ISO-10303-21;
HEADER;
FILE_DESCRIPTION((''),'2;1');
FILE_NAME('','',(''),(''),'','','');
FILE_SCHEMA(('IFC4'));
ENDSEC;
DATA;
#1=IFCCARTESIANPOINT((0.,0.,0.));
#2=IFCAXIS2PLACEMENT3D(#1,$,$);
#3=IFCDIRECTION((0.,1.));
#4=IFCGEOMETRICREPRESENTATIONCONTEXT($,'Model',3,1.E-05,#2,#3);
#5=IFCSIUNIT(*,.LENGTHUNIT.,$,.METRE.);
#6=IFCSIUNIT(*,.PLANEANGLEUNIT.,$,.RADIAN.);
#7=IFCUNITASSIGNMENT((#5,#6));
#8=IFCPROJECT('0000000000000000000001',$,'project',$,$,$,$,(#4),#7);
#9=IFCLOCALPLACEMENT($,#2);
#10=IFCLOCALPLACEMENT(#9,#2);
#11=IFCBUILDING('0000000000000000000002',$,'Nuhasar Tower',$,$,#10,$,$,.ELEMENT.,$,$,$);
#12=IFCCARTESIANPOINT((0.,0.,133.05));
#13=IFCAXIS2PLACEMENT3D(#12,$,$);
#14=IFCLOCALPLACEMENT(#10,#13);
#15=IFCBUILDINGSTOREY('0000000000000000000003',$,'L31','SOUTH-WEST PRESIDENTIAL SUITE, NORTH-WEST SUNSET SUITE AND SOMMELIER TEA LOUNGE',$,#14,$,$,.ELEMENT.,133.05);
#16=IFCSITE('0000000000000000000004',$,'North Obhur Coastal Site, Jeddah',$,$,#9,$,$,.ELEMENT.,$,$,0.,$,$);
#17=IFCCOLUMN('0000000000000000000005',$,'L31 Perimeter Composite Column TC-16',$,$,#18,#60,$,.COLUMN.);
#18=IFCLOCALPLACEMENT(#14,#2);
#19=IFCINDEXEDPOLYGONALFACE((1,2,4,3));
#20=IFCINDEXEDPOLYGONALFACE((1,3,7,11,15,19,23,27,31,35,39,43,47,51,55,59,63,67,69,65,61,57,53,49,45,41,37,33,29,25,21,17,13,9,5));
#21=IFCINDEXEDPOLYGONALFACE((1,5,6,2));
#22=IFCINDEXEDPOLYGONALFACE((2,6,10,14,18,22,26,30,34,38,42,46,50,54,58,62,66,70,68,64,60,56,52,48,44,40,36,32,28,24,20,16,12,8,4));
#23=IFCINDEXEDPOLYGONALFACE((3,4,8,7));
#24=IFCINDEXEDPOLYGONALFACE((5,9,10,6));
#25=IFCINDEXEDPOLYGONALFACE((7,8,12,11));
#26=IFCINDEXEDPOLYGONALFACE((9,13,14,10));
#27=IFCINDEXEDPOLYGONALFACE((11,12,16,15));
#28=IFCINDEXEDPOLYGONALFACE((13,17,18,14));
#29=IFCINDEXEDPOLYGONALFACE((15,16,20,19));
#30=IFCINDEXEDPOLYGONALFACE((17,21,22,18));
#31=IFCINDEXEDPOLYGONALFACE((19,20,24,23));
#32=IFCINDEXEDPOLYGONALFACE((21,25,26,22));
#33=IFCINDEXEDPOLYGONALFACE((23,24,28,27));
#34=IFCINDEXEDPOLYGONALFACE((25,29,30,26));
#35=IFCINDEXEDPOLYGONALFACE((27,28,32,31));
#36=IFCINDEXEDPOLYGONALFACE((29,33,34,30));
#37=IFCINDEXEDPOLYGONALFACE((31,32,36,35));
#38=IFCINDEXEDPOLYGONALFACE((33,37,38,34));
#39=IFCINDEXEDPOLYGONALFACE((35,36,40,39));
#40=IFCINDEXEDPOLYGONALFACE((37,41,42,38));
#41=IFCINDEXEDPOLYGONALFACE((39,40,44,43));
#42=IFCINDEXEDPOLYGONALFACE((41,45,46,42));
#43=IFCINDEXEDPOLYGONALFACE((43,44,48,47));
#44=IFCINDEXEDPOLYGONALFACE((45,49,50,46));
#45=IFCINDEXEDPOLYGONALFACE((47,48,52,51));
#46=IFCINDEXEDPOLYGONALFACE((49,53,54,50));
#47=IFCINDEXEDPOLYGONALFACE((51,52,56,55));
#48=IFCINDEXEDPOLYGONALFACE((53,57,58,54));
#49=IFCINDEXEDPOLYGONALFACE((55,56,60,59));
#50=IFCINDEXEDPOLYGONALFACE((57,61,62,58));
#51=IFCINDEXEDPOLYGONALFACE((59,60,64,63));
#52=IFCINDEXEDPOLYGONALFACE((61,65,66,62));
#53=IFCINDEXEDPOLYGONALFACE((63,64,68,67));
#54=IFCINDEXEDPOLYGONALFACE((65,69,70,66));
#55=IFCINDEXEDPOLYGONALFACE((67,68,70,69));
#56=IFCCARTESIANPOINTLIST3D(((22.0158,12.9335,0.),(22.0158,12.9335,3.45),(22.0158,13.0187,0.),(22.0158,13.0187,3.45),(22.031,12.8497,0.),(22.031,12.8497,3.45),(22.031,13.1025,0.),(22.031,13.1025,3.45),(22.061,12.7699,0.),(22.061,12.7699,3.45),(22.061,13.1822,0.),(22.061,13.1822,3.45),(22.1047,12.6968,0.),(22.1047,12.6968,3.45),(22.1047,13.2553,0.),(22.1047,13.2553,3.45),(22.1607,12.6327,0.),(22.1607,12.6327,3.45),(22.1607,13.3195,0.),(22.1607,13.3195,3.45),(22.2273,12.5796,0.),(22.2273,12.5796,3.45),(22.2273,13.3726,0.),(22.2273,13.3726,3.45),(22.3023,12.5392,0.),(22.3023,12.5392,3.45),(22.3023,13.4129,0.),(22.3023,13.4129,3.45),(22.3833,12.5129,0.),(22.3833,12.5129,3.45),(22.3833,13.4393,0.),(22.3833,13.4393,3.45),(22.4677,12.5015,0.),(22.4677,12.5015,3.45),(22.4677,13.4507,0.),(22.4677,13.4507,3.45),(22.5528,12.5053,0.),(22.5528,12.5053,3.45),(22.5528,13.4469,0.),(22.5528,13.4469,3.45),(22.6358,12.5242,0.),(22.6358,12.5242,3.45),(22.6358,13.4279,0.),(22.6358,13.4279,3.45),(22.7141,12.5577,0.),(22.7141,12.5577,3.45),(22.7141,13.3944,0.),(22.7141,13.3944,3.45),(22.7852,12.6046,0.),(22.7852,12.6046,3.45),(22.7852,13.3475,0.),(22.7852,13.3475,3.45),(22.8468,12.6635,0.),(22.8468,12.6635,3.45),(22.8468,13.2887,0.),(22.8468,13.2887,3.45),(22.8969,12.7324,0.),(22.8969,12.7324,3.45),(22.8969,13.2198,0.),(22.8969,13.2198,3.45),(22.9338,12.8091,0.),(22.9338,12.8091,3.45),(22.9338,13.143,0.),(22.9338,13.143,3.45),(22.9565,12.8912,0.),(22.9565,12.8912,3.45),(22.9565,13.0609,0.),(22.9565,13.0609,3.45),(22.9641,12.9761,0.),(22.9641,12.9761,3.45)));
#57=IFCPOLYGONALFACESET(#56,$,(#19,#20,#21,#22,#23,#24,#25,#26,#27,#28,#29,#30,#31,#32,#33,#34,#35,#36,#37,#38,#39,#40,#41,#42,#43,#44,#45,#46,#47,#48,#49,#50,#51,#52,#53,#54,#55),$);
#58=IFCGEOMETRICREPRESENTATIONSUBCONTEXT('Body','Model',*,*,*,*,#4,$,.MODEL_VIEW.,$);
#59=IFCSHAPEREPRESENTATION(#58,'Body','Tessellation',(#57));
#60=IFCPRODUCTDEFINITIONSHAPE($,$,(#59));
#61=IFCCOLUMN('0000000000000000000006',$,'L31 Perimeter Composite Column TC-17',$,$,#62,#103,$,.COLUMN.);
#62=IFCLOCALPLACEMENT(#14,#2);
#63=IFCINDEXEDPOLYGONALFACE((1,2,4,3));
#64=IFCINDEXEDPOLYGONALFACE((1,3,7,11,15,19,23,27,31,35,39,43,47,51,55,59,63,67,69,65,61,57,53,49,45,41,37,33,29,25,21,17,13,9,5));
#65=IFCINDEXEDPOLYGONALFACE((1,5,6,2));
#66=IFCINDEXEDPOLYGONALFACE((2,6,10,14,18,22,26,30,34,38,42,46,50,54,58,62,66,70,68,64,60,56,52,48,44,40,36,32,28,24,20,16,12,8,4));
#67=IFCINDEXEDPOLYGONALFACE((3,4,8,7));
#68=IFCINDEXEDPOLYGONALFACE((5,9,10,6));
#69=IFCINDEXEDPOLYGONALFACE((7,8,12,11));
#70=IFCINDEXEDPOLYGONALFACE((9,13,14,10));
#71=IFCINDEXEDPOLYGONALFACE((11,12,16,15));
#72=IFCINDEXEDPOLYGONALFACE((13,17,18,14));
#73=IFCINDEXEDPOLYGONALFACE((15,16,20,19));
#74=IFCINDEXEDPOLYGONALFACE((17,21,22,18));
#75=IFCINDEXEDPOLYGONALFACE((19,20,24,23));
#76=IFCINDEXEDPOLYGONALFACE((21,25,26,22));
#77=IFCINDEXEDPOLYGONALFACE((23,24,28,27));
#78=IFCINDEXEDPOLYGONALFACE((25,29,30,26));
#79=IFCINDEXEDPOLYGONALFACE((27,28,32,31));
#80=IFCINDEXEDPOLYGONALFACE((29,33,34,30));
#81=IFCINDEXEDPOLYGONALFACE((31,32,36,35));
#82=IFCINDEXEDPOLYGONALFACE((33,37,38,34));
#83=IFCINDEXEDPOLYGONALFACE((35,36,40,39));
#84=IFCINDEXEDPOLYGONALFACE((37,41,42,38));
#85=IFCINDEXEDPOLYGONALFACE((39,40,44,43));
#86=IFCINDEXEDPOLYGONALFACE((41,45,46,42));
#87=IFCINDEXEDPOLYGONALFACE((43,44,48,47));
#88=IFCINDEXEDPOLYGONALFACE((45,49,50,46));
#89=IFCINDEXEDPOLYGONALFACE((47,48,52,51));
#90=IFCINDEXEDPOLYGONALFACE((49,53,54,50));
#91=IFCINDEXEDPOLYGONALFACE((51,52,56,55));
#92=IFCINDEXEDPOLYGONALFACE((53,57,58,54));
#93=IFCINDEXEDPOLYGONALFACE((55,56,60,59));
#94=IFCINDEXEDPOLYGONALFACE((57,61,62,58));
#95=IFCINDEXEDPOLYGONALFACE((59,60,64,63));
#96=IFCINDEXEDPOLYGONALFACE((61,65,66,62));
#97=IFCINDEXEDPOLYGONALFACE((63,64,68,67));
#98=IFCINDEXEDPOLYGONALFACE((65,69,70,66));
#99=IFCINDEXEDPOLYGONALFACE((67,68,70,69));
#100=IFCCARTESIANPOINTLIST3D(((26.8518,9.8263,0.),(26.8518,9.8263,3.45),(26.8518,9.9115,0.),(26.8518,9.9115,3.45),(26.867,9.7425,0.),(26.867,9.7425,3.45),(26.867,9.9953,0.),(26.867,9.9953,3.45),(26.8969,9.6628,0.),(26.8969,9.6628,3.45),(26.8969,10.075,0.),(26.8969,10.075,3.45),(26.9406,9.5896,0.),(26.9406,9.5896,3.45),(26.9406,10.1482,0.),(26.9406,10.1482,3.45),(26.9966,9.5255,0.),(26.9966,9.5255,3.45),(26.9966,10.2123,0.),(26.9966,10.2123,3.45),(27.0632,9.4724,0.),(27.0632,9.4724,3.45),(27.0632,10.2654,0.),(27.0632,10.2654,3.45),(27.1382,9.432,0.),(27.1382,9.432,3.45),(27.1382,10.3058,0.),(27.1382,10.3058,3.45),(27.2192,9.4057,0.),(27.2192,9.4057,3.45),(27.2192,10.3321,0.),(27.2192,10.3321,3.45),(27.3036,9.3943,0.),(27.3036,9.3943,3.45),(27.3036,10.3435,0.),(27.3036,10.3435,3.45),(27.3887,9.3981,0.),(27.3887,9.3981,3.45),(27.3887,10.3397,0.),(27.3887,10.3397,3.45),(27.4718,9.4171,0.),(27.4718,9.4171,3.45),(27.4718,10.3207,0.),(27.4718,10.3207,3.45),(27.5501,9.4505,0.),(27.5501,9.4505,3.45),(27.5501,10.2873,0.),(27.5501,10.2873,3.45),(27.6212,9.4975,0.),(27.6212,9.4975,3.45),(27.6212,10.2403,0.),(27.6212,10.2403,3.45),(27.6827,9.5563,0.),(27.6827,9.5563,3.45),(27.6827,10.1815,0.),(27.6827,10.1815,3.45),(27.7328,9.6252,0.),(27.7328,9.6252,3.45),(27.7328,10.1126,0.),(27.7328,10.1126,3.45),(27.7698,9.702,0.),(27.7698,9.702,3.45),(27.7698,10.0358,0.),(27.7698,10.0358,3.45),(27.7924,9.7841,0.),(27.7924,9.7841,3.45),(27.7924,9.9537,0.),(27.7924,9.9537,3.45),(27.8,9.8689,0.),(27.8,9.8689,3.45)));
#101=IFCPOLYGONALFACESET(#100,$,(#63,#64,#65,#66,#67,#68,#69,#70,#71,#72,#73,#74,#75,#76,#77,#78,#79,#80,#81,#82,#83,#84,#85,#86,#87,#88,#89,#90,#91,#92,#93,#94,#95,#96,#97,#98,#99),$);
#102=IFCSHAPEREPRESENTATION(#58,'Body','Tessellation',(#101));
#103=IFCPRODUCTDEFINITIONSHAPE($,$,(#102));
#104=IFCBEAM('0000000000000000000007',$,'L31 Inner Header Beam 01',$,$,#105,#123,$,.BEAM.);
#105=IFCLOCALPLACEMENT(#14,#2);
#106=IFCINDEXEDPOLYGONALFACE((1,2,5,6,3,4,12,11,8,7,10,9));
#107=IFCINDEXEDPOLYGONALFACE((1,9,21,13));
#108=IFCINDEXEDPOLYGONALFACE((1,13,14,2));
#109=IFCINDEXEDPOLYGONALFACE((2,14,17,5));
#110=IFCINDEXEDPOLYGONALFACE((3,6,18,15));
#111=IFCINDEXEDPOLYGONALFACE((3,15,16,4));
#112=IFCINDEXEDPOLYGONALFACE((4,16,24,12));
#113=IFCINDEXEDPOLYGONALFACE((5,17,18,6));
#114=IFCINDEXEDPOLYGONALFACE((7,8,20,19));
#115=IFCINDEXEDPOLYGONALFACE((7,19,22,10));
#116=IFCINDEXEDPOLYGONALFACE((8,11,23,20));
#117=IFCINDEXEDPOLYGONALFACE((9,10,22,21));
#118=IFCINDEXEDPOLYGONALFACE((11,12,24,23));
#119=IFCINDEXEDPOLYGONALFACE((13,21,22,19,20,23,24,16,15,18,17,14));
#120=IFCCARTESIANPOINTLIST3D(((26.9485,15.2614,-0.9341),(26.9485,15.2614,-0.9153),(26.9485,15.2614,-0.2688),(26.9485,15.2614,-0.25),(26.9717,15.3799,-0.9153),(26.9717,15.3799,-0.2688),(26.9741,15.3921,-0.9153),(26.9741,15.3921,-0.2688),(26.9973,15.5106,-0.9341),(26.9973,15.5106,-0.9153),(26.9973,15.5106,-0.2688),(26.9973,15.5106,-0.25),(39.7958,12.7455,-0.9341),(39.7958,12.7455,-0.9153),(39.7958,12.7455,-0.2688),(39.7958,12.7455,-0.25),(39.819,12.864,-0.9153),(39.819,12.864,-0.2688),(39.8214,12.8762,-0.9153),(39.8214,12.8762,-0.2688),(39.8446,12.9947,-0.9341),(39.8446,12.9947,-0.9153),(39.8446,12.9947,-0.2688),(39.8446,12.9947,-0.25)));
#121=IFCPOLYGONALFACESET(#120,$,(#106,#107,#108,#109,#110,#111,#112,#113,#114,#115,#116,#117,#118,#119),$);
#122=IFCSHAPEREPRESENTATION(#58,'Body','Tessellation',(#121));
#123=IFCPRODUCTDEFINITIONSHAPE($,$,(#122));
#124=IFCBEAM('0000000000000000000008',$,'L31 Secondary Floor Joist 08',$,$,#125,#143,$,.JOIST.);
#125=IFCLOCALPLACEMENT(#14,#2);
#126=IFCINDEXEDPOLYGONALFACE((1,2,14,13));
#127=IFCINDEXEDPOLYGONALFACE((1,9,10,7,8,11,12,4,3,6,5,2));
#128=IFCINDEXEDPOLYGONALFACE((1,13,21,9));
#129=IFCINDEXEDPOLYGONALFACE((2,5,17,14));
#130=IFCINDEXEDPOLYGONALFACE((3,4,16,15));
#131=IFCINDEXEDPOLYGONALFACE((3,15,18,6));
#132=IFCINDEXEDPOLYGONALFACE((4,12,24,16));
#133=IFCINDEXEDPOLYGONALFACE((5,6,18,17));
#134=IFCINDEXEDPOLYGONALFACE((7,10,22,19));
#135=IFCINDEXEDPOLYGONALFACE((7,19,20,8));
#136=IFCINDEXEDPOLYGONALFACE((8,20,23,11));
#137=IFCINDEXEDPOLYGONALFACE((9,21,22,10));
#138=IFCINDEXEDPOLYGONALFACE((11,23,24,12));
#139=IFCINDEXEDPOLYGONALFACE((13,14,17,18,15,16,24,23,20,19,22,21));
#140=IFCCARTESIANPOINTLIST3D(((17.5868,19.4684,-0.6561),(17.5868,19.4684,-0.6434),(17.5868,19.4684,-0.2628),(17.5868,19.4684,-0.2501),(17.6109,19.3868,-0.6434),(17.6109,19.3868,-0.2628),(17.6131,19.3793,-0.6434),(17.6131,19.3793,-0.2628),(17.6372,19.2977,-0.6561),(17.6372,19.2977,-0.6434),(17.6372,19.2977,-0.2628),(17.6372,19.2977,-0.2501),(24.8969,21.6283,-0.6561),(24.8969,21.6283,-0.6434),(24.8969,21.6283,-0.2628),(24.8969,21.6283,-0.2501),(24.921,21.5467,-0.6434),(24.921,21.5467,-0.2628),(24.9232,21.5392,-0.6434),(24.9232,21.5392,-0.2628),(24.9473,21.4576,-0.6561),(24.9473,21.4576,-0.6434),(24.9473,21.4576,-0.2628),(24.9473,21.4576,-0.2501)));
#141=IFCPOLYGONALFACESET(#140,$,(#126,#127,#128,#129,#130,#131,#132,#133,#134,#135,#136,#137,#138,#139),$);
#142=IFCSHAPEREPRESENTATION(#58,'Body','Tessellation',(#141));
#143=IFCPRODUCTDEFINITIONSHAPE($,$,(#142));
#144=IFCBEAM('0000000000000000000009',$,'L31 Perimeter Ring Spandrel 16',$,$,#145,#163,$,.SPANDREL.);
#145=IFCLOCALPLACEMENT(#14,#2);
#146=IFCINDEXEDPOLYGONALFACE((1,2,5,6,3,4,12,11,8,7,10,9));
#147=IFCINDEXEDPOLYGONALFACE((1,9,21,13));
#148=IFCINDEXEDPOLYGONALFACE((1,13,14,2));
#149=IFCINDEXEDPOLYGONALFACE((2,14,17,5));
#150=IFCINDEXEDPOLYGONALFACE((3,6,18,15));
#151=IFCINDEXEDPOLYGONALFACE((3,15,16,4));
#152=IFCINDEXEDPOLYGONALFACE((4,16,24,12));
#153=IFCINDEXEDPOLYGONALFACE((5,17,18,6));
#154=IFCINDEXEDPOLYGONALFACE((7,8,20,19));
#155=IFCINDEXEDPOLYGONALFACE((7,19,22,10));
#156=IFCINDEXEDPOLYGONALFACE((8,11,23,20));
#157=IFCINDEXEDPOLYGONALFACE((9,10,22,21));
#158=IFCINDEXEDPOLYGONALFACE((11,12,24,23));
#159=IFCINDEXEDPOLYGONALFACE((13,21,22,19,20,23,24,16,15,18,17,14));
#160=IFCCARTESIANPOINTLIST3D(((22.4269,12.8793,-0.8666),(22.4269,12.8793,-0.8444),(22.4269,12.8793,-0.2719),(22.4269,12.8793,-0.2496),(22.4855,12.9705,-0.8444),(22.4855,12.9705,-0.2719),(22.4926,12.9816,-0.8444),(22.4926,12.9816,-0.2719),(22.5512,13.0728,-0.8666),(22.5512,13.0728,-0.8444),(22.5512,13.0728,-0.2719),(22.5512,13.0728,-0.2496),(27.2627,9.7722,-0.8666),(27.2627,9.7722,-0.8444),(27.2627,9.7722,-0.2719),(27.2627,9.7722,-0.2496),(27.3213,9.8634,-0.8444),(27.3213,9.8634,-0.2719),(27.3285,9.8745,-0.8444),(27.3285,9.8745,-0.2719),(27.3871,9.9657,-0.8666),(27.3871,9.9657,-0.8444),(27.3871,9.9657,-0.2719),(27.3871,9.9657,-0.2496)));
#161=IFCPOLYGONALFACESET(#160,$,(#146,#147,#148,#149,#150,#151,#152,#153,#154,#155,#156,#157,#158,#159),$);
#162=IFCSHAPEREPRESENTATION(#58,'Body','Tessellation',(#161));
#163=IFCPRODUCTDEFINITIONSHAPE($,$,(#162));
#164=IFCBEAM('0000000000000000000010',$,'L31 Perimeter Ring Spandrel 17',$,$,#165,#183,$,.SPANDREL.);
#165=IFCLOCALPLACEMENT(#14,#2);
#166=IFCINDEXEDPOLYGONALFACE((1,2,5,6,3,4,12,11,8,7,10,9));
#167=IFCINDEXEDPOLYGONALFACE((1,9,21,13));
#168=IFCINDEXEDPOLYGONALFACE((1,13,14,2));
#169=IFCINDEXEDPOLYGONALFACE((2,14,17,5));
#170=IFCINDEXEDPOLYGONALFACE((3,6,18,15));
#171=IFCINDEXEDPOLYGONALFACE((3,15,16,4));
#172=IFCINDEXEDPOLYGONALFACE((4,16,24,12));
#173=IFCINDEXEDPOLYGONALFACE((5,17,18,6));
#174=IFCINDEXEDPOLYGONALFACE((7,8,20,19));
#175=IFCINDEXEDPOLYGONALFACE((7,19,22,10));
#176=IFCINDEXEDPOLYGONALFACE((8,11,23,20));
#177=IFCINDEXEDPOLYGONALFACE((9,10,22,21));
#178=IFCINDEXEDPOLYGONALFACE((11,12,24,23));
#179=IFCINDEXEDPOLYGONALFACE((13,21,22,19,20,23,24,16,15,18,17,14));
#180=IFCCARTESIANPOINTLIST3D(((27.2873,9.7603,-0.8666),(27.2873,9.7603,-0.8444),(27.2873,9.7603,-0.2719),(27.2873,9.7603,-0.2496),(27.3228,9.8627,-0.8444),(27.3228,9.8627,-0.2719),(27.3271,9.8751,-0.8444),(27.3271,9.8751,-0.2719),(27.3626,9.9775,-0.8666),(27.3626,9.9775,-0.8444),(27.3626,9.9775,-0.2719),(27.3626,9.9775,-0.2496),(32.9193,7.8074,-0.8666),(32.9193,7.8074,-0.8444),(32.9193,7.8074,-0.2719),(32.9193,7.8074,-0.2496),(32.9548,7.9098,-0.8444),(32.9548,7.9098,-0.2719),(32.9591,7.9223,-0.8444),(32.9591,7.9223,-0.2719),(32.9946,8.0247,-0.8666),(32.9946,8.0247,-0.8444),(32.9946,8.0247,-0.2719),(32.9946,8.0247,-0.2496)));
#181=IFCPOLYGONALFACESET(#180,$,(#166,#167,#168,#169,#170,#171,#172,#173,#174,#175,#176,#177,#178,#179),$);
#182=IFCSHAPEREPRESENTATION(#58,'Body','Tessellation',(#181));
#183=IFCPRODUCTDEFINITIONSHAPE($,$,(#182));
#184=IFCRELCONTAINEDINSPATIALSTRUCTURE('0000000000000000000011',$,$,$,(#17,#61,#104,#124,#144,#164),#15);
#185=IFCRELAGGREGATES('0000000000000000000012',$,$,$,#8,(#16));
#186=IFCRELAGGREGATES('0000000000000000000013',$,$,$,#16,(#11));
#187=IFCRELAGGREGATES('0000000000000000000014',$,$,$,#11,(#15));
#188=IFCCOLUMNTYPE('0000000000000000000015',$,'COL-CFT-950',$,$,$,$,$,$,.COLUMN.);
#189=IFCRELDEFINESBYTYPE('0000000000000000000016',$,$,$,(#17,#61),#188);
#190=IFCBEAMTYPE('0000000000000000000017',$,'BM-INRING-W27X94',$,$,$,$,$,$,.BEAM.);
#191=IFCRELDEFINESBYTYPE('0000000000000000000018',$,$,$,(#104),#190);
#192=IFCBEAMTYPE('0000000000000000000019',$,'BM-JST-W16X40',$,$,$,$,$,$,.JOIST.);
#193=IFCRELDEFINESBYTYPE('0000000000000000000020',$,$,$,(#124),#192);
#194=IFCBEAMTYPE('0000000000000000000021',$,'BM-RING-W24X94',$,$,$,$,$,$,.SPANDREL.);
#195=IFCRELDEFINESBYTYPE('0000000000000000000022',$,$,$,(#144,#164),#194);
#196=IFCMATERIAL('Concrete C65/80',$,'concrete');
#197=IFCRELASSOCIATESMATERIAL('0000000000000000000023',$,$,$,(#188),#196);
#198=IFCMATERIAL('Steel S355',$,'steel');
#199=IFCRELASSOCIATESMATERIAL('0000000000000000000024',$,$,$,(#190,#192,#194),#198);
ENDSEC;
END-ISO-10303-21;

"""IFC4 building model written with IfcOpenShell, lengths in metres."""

from ifc_helpers import new_model, si_unit, direction, frame, origin, origin_2d, place, context, subcontext, project, spatial, circle, i_section, extrude, material, material_profile, profile_set, type_object, element, save


model = new_model("IFC4")

# Units and contexts
model_context = context("Model", 3, precision=1e-05, world=origin(), true_north=direction((0.0, 1.0)))
body_context = subcontext(model_context, "Body", "Model", "MODEL_VIEW")
ifc_project = project(units=[si_unit("LENGTHUNIT", "METRE"), si_unit("PLANEANGLEUNIT", "RADIAN")], contexts=[model_context])

# Site, building, storey
site_placement = place(None, origin())
site = spatial("IfcSite", under=ifc_project, at=site_placement, Name="North Obhur Coastal Site, Jeddah", CompositionType="ELEMENT", RefElevation=0.0)
building_placement = place(site_placement, origin())
building = spatial("IfcBuilding", under=site, at=building_placement, Name="Nuhasar Tower", CompositionType="ELEMENT")
storey_placement = place(building_placement, frame((0.0, 0.0, 133.05)))
storey = spatial("IfcBuildingStorey", under=building, at=storey_placement, Name="L31", Description="SOUTH-WEST PRESIDENTIAL SUITE, NORTH-WEST SUNSET SUITE AND SOMMELIER TEA LOUNGE", CompositionType="ELEMENT", Elevation=133.05)

# Columns
ifc_material_1 = material(Name="Concrete C65/80", Category="concrete")
ifc_material_profile_1 = material_profile(ifc_material_1, circle(Radius=0.4751, at=origin_2d()), Name="CFT950")
ifc_profile_set_1 = profile_set([ifc_material_profile_1], Name="Concrete C65/80")
column_type = type_object("IfcColumnType", Name="COL-CFT-950", PredefinedType="COLUMN", material=ifc_profile_set_1)
for number, where, z_axis, x_axis, name in (
    (1, (22.489, 12.9761, 0.0), (0.0, 0.0, 1.0), (1.0, 0.0, 0.0), "L31 Perimeter Composite Column TC-16"),
    (2, (27.325, 9.8689, 0.0), (0.0, 0.0, 1.0), (1.0, 0.0, 0.0), "L31 Perimeter Composite Column TC-17"),
):
    element("IfcColumn", number, at=place(storey_placement, frame(where, z_axis=z_axis, x_axis=x_axis)), inside=storey, type_object=column_type, Name=name, PredefinedType="COLUMN", context=body_context, shape_type="SweptSolid", body=[
        extrude(circle(Radius=0.4751, at=origin_2d()), origin(), (0.0, 0.0, 1.0), 3.45),
    ])

# Beams
ifc_material_2 = material(Name="Steel S355", Category="steel")
ifc_material_profile_2 = material_profile(ifc_material_2, i_section(OverallWidth=0.2539, OverallDepth=0.6841, WebThickness=0.0125, FlangeThickness=0.0188, at=origin_2d()), Name="W27X94")
ifc_profile_set_2 = profile_set([ifc_material_profile_2], Name="Steel S355")
beam_type_1 = type_object("IfcBeamType", Name="BM-INRING-W27X94", PredefinedType="BEAM", material=ifc_profile_set_2)
beam_1_placement = place(storey_placement, frame((26.9729, 15.386, -0.592), z_axis=(0.98136, -0.19218, 0.0), x_axis=(0.19218, 0.98136, 0.0)))
element("IfcBeam", 3, at=beam_1_placement, inside=storey, type_object=beam_type_1, Name="L31 Inner Header Beam 01", PredefinedType="BEAM", context=body_context, shape_type="SweptSolid", body=[
    extrude(i_section(OverallWidth=0.2539, OverallDepth=0.6841, WebThickness=0.0125, FlangeThickness=0.0188, at=origin_2d()), origin(), (0.0, 0.0, 1.0), 13.0913),
])
ifc_material_profile_3 = material_profile(ifc_material_2, i_section(OverallWidth=0.178, OverallDepth=0.406, WebThickness=0.0078, FlangeThickness=0.0127, at=origin_2d()), Name="W16X40")
ifc_profile_set_3 = profile_set([ifc_material_profile_3], Name="Steel S355")
beam_type_2 = type_object("IfcBeamType", Name="BM-JST-W16X40", PredefinedType="JOIST", material=ifc_profile_set_3)
beam_2_placement = place(storey_placement, frame((24.9221, 21.543, -0.4531), z_axis=(-0.959013, -0.283361, 0.0), x_axis=(0.283361, -0.959013, 0.0)))
element("IfcBeam", 4, at=beam_2_placement, inside=storey, type_object=beam_type_2, Name="L31 Secondary Floor Joist 08", PredefinedType="JOIST", context=body_context, shape_type="SweptSolid", body=[
    extrude(i_section(OverallWidth=0.178, OverallDepth=0.406, WebThickness=0.0078, FlangeThickness=0.0127, at=origin_2d()), origin(), (0.0, 0.0, 1.0), 7.6226),
])
ifc_material_profile_4 = material_profile(ifc_material_2, i_section(OverallWidth=0.23, OverallDepth=0.6169, WebThickness=0.0132, FlangeThickness=0.0222, at=origin_2d()), Name="W24X94")
ifc_profile_set_4 = profile_set([ifc_material_profile_4], Name="Steel S355")
beam_type_3 = type_object("IfcBeamType", Name="BM-RING-W24X94", PredefinedType="SPANDREL", material=ifc_profile_set_4)
beam_3_placement = place(storey_placement, frame((22.489, 12.9761, -0.5581), z_axis=(0.841308, -0.540556, 0.0), x_axis=(0.540556, 0.841308, 0.0)))
element("IfcBeam", 5, at=beam_3_placement, inside=storey, type_object=beam_type_3, Name="L31 Perimeter Ring Spandrel 16", PredefinedType="SPANDREL", context=body_context, shape_type="SweptSolid", body=[
    extrude(i_section(OverallWidth=0.23, OverallDepth=0.6169, WebThickness=0.0132, FlangeThickness=0.0222, at=origin_2d()), origin(), (0.0, 0.0, 1.0), 5.748),
])
beam_4_placement = place(storey_placement, frame((27.325, 9.8689, -0.5581), z_axis=(0.944814, -0.327607, 0.0), x_axis=(0.327607, 0.944814, 0.0)))
element("IfcBeam", 6, at=beam_4_placement, inside=storey, type_object=beam_type_3, Name="L31 Perimeter Ring Spandrel 17", PredefinedType="SPANDREL", context=body_context, shape_type="SweptSolid", body=[
    extrude(i_section(OverallWidth=0.23, OverallDepth=0.6169, WebThickness=0.0132, FlangeThickness=0.0222, at=origin_2d()), origin(), (0.0, 0.0, 1.0), 5.9609),
])

save(model, "model.ifc")
